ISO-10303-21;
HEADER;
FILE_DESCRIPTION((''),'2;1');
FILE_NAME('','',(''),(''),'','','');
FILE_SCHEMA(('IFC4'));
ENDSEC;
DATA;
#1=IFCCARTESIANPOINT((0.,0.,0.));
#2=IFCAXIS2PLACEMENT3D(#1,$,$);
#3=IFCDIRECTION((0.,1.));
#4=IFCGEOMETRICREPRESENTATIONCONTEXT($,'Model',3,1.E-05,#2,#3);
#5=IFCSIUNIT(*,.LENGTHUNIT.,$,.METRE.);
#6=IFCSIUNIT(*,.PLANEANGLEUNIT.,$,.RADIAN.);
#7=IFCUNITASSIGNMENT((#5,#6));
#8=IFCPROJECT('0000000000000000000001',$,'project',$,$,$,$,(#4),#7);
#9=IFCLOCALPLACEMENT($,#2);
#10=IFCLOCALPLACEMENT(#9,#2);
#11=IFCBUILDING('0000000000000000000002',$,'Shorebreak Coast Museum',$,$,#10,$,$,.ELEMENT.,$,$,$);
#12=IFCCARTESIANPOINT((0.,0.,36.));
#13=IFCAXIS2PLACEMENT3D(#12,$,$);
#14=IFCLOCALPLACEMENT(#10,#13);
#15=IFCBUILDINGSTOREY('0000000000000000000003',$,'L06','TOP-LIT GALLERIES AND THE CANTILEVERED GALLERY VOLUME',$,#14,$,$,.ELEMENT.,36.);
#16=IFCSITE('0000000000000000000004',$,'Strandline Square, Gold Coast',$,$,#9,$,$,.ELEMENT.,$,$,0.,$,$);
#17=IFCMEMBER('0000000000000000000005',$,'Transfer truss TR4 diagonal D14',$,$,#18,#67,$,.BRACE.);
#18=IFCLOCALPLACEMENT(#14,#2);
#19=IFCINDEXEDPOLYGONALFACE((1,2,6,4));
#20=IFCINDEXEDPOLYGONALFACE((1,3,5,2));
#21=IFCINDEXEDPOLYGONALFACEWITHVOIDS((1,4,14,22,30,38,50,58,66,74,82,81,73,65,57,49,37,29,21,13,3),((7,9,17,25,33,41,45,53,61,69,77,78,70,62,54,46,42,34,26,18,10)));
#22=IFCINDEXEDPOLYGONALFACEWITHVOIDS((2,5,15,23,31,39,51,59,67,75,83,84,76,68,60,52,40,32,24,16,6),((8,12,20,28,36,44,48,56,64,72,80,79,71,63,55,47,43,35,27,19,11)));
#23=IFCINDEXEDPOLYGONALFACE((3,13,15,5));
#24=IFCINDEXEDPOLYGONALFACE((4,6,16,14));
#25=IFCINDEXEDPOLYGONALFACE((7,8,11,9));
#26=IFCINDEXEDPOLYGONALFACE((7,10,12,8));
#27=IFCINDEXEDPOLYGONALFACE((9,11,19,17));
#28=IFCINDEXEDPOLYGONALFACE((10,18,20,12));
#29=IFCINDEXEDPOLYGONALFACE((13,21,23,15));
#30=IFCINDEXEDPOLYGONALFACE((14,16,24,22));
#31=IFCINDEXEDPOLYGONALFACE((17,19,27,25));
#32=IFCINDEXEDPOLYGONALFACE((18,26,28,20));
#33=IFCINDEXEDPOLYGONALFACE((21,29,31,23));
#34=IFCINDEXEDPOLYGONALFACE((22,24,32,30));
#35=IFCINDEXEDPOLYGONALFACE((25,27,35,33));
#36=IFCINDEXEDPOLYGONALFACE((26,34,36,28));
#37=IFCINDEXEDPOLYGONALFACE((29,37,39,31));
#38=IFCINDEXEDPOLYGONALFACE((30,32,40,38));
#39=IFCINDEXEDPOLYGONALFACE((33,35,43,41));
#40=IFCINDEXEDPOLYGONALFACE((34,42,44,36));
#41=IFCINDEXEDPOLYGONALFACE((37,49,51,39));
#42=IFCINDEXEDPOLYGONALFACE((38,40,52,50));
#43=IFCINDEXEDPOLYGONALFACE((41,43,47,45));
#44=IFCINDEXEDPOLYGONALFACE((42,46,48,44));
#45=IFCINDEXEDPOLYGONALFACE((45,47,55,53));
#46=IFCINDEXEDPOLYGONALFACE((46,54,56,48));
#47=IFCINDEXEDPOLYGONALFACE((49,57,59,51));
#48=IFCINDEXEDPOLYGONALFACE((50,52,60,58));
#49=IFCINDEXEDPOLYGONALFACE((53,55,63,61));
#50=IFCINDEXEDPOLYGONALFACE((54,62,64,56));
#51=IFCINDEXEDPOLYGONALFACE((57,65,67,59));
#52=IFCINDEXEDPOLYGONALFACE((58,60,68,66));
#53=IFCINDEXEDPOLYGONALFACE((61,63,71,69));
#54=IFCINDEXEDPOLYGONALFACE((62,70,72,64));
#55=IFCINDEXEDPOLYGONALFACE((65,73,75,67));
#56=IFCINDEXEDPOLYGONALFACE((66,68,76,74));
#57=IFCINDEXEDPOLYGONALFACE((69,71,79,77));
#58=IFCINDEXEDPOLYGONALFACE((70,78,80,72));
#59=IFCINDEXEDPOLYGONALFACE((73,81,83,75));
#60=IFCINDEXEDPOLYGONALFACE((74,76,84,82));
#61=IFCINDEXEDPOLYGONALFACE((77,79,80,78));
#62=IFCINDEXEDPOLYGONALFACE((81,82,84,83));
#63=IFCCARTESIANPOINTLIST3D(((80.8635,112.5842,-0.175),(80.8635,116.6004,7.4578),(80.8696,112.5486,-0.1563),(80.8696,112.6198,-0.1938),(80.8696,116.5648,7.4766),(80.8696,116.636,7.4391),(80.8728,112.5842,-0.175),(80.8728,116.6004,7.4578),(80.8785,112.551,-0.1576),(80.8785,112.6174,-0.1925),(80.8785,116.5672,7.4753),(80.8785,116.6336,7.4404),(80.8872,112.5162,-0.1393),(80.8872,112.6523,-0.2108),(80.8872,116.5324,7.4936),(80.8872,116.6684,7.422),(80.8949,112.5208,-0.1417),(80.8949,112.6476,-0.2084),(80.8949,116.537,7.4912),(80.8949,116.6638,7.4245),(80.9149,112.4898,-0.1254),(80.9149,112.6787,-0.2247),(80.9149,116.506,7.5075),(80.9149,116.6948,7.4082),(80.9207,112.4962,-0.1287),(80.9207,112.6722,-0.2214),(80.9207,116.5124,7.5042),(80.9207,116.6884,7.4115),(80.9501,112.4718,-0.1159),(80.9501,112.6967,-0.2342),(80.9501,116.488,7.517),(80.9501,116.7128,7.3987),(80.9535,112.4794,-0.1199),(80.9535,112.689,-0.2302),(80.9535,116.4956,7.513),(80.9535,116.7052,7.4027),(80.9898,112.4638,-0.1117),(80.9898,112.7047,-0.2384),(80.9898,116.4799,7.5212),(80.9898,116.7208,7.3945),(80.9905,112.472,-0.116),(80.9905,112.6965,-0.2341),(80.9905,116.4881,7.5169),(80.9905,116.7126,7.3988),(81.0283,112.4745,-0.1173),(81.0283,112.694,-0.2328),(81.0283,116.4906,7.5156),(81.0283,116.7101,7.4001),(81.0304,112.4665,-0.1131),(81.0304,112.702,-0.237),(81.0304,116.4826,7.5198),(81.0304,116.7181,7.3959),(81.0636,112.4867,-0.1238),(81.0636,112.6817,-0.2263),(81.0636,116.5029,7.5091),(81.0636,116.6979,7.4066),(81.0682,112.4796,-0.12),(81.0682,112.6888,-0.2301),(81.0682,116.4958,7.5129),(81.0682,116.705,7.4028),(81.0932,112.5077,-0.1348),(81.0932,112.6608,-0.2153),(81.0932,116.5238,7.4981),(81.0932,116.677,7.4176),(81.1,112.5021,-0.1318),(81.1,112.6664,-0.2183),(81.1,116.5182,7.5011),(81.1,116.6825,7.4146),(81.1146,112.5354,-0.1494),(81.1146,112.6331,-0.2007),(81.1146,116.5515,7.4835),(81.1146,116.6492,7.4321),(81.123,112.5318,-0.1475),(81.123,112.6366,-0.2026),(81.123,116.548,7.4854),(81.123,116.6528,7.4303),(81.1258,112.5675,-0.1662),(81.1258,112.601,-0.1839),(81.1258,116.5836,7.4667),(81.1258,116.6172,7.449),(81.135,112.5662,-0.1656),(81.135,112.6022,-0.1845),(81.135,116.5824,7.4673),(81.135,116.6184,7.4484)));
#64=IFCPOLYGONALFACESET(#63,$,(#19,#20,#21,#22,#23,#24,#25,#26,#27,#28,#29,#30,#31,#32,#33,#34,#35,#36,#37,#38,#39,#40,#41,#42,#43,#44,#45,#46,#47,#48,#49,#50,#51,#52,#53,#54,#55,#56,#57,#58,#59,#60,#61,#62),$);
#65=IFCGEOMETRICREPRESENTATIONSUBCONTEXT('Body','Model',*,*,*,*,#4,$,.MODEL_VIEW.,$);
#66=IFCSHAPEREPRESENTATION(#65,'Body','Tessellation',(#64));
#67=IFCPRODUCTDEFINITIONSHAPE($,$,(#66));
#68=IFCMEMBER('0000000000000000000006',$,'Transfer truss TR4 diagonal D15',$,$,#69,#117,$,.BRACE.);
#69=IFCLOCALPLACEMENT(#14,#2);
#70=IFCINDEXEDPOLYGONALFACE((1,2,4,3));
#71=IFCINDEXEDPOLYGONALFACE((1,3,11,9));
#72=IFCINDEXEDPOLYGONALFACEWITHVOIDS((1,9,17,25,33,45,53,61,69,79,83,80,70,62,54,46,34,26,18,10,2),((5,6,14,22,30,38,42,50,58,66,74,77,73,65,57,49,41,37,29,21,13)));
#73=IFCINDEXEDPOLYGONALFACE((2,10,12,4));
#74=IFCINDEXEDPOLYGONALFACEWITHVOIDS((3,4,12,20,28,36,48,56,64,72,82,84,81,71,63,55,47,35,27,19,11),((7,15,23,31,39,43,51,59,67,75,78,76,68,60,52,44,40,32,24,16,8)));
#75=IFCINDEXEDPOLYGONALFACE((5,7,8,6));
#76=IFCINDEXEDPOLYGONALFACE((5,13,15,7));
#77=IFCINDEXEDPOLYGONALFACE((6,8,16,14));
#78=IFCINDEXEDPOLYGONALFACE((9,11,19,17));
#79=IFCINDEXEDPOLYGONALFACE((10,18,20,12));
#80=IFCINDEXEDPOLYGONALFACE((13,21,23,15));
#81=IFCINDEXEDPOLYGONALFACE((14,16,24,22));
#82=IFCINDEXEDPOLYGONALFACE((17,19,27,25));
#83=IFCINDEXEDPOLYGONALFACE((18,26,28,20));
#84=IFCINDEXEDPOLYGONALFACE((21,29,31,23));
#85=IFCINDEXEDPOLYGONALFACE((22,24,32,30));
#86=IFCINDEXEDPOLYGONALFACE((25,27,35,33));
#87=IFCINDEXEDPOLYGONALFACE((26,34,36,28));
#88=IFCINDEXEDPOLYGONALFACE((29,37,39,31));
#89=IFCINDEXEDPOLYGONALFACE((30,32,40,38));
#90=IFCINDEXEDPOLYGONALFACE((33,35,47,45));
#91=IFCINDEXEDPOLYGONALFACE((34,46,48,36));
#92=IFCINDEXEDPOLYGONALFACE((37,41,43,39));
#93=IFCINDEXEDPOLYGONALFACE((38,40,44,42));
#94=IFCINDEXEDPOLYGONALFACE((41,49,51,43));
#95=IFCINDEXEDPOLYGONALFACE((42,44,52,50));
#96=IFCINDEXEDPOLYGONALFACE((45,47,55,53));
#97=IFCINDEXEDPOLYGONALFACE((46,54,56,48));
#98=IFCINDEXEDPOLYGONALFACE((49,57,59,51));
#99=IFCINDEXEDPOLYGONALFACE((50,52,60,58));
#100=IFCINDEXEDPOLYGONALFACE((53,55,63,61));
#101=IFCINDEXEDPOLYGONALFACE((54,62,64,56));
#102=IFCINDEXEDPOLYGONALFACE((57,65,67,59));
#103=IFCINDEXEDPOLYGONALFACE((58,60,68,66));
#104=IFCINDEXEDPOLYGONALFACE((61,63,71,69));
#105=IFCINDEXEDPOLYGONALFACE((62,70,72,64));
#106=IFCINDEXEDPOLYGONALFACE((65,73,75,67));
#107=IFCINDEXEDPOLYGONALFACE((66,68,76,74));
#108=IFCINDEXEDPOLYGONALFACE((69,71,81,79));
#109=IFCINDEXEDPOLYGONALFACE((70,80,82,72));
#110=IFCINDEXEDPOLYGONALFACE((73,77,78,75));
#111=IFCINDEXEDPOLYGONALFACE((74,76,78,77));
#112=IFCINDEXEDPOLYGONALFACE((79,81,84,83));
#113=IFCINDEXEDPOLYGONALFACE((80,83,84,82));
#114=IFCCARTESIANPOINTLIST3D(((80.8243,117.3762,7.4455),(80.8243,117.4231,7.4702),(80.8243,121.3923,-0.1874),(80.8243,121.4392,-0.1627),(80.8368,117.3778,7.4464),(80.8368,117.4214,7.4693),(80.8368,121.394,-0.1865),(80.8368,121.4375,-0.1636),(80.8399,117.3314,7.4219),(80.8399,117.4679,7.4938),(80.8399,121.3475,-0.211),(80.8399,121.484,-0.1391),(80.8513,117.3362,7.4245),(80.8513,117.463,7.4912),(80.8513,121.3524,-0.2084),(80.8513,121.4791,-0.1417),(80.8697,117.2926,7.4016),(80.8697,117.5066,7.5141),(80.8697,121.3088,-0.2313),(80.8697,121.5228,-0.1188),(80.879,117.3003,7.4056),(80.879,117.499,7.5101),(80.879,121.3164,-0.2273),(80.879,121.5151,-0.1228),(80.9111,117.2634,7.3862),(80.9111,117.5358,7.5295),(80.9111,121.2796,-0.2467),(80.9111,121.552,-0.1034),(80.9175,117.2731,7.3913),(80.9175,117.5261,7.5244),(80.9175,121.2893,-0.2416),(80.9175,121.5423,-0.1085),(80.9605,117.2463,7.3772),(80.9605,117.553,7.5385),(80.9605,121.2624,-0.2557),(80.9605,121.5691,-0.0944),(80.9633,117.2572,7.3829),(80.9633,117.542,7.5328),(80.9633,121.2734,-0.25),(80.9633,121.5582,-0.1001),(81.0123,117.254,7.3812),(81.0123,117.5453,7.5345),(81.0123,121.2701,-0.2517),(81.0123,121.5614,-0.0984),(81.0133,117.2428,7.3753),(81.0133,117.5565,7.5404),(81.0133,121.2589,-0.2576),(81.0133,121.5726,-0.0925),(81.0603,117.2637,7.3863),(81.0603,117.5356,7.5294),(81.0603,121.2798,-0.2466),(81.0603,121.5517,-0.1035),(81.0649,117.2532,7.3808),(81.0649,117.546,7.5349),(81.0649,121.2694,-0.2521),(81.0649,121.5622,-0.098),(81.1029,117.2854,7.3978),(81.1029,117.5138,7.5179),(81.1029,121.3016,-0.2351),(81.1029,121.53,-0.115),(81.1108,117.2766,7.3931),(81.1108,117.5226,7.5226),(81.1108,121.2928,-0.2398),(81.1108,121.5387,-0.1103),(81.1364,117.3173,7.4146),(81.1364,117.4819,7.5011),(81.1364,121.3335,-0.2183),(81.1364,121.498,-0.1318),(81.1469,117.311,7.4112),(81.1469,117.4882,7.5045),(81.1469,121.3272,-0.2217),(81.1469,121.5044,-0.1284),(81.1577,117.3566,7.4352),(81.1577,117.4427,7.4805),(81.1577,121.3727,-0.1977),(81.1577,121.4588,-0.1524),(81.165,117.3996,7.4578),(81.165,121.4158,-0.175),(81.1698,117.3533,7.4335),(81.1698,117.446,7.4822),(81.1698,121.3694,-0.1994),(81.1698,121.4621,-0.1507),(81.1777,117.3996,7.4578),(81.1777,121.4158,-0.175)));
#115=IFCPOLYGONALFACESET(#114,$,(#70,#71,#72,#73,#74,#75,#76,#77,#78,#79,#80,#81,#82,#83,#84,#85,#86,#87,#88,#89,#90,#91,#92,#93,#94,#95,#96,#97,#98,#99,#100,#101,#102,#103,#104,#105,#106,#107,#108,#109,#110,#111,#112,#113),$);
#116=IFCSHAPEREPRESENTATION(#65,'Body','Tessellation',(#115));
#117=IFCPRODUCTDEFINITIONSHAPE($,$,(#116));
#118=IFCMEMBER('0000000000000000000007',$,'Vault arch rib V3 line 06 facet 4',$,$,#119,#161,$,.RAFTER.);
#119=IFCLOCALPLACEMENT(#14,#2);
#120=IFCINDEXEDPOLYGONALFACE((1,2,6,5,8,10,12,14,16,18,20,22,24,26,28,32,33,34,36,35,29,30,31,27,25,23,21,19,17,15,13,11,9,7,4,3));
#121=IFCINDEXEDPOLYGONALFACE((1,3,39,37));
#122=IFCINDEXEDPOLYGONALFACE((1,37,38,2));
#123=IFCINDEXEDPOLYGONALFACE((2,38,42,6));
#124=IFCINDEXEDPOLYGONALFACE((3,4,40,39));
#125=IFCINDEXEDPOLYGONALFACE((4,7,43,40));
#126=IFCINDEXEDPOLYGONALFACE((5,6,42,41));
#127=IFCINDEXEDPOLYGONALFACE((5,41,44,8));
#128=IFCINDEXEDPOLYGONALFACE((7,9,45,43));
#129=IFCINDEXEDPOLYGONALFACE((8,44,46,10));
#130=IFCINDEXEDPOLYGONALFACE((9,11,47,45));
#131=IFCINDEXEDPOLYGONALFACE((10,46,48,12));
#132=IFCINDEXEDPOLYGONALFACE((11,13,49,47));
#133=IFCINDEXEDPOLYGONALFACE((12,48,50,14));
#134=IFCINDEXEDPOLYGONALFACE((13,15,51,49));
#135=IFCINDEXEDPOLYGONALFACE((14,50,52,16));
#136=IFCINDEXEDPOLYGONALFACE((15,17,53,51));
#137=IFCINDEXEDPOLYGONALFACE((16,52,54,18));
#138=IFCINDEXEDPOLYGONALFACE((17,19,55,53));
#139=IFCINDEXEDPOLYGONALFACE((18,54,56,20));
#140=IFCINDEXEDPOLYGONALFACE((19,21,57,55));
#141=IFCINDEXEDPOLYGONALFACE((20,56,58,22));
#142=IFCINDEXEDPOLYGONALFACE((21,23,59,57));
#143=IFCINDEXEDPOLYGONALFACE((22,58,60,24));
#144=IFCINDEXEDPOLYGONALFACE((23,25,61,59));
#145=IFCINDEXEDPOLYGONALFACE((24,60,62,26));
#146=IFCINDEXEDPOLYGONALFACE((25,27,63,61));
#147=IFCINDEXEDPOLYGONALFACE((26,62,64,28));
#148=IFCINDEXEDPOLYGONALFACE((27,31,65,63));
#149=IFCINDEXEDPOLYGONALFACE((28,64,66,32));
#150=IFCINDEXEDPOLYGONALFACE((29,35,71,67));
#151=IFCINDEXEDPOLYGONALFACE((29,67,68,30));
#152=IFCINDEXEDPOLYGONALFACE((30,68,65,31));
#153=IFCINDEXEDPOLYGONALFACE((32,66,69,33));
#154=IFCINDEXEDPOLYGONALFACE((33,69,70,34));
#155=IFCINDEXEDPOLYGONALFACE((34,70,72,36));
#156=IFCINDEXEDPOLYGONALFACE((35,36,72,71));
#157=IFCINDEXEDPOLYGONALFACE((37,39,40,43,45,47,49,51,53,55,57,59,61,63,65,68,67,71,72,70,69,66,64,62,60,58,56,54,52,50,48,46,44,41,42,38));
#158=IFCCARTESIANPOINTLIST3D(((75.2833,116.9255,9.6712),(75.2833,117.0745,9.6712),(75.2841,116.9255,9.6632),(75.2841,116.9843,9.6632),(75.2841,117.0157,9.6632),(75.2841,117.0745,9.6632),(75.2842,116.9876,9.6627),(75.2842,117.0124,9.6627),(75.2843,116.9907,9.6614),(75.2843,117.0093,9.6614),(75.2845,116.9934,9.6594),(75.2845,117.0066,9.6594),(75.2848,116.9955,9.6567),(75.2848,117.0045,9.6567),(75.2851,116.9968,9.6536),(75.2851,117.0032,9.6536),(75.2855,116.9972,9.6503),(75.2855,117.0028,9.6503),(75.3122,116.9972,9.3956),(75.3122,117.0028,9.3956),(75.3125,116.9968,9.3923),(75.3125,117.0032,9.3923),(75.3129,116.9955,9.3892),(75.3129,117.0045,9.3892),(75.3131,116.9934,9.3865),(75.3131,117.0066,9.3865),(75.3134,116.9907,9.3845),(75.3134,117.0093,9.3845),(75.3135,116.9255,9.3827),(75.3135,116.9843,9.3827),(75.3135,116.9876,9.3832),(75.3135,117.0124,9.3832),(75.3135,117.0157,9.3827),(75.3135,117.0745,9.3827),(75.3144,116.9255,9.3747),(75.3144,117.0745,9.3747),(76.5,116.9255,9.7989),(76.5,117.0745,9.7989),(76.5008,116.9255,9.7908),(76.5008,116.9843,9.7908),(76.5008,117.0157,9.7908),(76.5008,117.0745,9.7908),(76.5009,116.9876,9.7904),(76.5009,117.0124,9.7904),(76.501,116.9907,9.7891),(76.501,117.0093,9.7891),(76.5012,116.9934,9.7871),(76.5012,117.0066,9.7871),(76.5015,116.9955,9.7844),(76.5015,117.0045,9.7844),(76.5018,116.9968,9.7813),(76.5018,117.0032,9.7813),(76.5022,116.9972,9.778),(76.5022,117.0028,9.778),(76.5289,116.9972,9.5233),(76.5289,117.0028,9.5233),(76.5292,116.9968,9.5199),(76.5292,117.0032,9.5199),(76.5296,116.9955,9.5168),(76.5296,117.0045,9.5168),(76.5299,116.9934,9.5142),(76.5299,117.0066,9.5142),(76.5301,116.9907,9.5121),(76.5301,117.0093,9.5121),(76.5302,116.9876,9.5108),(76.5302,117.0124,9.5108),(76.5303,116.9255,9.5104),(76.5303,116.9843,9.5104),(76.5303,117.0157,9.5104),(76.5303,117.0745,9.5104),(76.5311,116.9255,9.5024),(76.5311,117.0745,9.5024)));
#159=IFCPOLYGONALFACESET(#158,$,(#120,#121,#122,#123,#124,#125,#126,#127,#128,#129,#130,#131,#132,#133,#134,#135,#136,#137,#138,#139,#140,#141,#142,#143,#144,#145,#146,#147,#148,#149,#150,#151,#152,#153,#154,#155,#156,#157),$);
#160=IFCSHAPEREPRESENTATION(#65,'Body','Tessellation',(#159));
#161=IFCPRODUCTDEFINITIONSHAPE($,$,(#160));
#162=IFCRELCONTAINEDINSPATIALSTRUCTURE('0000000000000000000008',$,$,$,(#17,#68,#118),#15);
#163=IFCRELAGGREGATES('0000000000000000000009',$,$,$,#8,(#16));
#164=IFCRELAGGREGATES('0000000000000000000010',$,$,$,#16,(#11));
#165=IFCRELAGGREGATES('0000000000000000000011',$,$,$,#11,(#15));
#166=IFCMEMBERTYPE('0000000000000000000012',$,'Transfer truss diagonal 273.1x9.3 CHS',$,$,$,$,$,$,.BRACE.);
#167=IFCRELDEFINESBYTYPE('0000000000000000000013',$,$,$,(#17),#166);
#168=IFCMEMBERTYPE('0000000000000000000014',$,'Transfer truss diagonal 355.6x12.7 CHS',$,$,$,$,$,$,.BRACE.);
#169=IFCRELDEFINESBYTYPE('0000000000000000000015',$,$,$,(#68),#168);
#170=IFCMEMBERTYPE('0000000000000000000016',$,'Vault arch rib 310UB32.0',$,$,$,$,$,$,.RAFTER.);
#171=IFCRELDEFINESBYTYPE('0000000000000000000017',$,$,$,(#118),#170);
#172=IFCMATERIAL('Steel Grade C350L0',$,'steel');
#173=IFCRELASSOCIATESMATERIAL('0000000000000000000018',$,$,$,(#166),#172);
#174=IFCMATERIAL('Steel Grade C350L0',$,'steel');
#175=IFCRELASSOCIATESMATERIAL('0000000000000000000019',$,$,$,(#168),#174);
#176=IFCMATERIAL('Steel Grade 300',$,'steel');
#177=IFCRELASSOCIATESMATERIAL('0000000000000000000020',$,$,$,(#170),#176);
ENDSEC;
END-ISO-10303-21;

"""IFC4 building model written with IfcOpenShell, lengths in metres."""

from ifc_helpers import new_model, si_unit, direction, frame, origin, origin_2d, place, context, subcontext, project, spatial, hollow_circle, i_section, extrude, material, material_profile, profile_set, type_object, element, save


model = new_model("IFC4")

# Units and contexts
model_context = context("Model", 3, precision=1e-05, world=origin(), true_north=direction((0.0, 1.0)))
body_context = subcontext(model_context, "Body", "Model", "MODEL_VIEW")
ifc_project = project(units=[si_unit("LENGTHUNIT", "METRE"), si_unit("PLANEANGLEUNIT", "RADIAN")], contexts=[model_context])

# Site, building, storey
site_placement = place(None, origin())
site = spatial("IfcSite", under=ifc_project, at=site_placement, Name="Strandline Square, Gold Coast", CompositionType="ELEMENT", RefElevation=0.0)
building_placement = place(site_placement, origin())
building = spatial("IfcBuilding", under=site, at=building_placement, Name="Shorebreak Coast Museum", CompositionType="ELEMENT")
storey_placement = place(building_placement, frame((0.0, 0.0, 36.0)))
storey = spatial("IfcBuildingStorey", under=building, at=storey_placement, Name="L06", Description="TOP-LIT GALLERIES AND THE CANTILEVERED GALLERY VOLUME", CompositionType="ELEMENT", Elevation=36.0)

# Members
ifc_material_1 = material(Name="Steel Grade C350L0", Category="steel")
ifc_material_profile_1 = material_profile(ifc_material_1, hollow_circle(Radius=0.1365, WallThickness=0.0093, at=origin_2d()), Name="273.1x9.3 CHS")
ifc_profile_set_1 = profile_set([ifc_material_profile_1], Name="Steel Grade C350L0")
member_type_1 = type_object("IfcMemberType", Name="Transfer truss diagonal 273.1x9.3 CHS", PredefinedType="BRACE", material=ifc_profile_set_1)
member_1_placement = place(storey_placement, frame((81.0, 112.5842, -0.175), z_axis=(0.0, 0.465641, 0.884973), x_axis=(-1.0, 0.0, 0.0)))
element("IfcMember", 1, at=member_1_placement, inside=storey, type_object=member_type_1, Name="Transfer truss TR4 diagonal D14", PredefinedType="BRACE", context=body_context, shape_type="SweptSolid", body=[
    extrude(hollow_circle(Radius=0.1365, WallThickness=0.0093, at=origin_2d()), origin(), (0.0, 0.0, 1.0), 8.625),
])
ifc_material_2 = material(Name="Steel Grade C350L0", Category="steel")
ifc_material_profile_2 = material_profile(ifc_material_2, hollow_circle(Radius=0.1777, WallThickness=0.0127, at=origin_2d()), Name="355.6x12.7 CHS")
ifc_profile_set_2 = profile_set([ifc_material_profile_2], Name="Steel Grade C350L0")
member_type_2 = type_object("IfcMemberType", Name="Transfer truss diagonal 355.6x12.7 CHS", PredefinedType="BRACE", material=ifc_profile_set_2)
member_2_placement = place(storey_placement, frame((81.0, 121.4158, -0.175), z_axis=(0.0, -0.465641, 0.884973), x_axis=(1.0, 0.0, 0.0)))
element("IfcMember", 2, at=member_2_placement, inside=storey, type_object=member_type_2, Name="Transfer truss TR4 diagonal D15", PredefinedType="BRACE", context=body_context, shape_type="SweptSolid", body=[
    extrude(hollow_circle(Radius=0.1777, WallThickness=0.0127, at=origin_2d()), origin(), (0.0, 0.0, 1.0), 8.625),
])
ifc_material_3 = material(Name="Steel Grade 300", Category="steel")
ifc_material_profile_3 = material_profile(ifc_material_3, i_section(OverallWidth=0.1489, OverallDepth=0.2981, WebThickness=0.0056, FlangeThickness=0.0081, FilletRadius=0.0129, at=origin_2d()), Name="310UB32.0")
ifc_profile_set_3 = profile_set([ifc_material_profile_3], Name="Steel Grade 300")
member_type_3 = type_object("IfcMemberType", Name="Vault arch rib 310UB32.0", PredefinedType="RAFTER", material=ifc_profile_set_3)
for number, where, z_axis, x_axis, name in (
    (3, (75.2988, 117.0, 9.5229), (0.994539, 0.0, 0.104363), (0.0, 1.0, 0.0), "Vault arch rib V3 line 06 facet 4"),
):
    element("IfcMember", number, at=place(storey_placement, frame(where, z_axis=z_axis, x_axis=x_axis)), inside=storey, type_object=member_type_3, Name=name, PredefinedType="RAFTER", context=body_context, shape_type="SweptSolid", body=[
        extrude(i_section(OverallWidth=0.1489, OverallDepth=0.2981, WebThickness=0.0056, FlangeThickness=0.0081, FilletRadius=0.0129, at=origin_2d()), origin(), (0.0, 0.0, 1.0), 1.2234),
    ])

save(model, "model.ifc")
